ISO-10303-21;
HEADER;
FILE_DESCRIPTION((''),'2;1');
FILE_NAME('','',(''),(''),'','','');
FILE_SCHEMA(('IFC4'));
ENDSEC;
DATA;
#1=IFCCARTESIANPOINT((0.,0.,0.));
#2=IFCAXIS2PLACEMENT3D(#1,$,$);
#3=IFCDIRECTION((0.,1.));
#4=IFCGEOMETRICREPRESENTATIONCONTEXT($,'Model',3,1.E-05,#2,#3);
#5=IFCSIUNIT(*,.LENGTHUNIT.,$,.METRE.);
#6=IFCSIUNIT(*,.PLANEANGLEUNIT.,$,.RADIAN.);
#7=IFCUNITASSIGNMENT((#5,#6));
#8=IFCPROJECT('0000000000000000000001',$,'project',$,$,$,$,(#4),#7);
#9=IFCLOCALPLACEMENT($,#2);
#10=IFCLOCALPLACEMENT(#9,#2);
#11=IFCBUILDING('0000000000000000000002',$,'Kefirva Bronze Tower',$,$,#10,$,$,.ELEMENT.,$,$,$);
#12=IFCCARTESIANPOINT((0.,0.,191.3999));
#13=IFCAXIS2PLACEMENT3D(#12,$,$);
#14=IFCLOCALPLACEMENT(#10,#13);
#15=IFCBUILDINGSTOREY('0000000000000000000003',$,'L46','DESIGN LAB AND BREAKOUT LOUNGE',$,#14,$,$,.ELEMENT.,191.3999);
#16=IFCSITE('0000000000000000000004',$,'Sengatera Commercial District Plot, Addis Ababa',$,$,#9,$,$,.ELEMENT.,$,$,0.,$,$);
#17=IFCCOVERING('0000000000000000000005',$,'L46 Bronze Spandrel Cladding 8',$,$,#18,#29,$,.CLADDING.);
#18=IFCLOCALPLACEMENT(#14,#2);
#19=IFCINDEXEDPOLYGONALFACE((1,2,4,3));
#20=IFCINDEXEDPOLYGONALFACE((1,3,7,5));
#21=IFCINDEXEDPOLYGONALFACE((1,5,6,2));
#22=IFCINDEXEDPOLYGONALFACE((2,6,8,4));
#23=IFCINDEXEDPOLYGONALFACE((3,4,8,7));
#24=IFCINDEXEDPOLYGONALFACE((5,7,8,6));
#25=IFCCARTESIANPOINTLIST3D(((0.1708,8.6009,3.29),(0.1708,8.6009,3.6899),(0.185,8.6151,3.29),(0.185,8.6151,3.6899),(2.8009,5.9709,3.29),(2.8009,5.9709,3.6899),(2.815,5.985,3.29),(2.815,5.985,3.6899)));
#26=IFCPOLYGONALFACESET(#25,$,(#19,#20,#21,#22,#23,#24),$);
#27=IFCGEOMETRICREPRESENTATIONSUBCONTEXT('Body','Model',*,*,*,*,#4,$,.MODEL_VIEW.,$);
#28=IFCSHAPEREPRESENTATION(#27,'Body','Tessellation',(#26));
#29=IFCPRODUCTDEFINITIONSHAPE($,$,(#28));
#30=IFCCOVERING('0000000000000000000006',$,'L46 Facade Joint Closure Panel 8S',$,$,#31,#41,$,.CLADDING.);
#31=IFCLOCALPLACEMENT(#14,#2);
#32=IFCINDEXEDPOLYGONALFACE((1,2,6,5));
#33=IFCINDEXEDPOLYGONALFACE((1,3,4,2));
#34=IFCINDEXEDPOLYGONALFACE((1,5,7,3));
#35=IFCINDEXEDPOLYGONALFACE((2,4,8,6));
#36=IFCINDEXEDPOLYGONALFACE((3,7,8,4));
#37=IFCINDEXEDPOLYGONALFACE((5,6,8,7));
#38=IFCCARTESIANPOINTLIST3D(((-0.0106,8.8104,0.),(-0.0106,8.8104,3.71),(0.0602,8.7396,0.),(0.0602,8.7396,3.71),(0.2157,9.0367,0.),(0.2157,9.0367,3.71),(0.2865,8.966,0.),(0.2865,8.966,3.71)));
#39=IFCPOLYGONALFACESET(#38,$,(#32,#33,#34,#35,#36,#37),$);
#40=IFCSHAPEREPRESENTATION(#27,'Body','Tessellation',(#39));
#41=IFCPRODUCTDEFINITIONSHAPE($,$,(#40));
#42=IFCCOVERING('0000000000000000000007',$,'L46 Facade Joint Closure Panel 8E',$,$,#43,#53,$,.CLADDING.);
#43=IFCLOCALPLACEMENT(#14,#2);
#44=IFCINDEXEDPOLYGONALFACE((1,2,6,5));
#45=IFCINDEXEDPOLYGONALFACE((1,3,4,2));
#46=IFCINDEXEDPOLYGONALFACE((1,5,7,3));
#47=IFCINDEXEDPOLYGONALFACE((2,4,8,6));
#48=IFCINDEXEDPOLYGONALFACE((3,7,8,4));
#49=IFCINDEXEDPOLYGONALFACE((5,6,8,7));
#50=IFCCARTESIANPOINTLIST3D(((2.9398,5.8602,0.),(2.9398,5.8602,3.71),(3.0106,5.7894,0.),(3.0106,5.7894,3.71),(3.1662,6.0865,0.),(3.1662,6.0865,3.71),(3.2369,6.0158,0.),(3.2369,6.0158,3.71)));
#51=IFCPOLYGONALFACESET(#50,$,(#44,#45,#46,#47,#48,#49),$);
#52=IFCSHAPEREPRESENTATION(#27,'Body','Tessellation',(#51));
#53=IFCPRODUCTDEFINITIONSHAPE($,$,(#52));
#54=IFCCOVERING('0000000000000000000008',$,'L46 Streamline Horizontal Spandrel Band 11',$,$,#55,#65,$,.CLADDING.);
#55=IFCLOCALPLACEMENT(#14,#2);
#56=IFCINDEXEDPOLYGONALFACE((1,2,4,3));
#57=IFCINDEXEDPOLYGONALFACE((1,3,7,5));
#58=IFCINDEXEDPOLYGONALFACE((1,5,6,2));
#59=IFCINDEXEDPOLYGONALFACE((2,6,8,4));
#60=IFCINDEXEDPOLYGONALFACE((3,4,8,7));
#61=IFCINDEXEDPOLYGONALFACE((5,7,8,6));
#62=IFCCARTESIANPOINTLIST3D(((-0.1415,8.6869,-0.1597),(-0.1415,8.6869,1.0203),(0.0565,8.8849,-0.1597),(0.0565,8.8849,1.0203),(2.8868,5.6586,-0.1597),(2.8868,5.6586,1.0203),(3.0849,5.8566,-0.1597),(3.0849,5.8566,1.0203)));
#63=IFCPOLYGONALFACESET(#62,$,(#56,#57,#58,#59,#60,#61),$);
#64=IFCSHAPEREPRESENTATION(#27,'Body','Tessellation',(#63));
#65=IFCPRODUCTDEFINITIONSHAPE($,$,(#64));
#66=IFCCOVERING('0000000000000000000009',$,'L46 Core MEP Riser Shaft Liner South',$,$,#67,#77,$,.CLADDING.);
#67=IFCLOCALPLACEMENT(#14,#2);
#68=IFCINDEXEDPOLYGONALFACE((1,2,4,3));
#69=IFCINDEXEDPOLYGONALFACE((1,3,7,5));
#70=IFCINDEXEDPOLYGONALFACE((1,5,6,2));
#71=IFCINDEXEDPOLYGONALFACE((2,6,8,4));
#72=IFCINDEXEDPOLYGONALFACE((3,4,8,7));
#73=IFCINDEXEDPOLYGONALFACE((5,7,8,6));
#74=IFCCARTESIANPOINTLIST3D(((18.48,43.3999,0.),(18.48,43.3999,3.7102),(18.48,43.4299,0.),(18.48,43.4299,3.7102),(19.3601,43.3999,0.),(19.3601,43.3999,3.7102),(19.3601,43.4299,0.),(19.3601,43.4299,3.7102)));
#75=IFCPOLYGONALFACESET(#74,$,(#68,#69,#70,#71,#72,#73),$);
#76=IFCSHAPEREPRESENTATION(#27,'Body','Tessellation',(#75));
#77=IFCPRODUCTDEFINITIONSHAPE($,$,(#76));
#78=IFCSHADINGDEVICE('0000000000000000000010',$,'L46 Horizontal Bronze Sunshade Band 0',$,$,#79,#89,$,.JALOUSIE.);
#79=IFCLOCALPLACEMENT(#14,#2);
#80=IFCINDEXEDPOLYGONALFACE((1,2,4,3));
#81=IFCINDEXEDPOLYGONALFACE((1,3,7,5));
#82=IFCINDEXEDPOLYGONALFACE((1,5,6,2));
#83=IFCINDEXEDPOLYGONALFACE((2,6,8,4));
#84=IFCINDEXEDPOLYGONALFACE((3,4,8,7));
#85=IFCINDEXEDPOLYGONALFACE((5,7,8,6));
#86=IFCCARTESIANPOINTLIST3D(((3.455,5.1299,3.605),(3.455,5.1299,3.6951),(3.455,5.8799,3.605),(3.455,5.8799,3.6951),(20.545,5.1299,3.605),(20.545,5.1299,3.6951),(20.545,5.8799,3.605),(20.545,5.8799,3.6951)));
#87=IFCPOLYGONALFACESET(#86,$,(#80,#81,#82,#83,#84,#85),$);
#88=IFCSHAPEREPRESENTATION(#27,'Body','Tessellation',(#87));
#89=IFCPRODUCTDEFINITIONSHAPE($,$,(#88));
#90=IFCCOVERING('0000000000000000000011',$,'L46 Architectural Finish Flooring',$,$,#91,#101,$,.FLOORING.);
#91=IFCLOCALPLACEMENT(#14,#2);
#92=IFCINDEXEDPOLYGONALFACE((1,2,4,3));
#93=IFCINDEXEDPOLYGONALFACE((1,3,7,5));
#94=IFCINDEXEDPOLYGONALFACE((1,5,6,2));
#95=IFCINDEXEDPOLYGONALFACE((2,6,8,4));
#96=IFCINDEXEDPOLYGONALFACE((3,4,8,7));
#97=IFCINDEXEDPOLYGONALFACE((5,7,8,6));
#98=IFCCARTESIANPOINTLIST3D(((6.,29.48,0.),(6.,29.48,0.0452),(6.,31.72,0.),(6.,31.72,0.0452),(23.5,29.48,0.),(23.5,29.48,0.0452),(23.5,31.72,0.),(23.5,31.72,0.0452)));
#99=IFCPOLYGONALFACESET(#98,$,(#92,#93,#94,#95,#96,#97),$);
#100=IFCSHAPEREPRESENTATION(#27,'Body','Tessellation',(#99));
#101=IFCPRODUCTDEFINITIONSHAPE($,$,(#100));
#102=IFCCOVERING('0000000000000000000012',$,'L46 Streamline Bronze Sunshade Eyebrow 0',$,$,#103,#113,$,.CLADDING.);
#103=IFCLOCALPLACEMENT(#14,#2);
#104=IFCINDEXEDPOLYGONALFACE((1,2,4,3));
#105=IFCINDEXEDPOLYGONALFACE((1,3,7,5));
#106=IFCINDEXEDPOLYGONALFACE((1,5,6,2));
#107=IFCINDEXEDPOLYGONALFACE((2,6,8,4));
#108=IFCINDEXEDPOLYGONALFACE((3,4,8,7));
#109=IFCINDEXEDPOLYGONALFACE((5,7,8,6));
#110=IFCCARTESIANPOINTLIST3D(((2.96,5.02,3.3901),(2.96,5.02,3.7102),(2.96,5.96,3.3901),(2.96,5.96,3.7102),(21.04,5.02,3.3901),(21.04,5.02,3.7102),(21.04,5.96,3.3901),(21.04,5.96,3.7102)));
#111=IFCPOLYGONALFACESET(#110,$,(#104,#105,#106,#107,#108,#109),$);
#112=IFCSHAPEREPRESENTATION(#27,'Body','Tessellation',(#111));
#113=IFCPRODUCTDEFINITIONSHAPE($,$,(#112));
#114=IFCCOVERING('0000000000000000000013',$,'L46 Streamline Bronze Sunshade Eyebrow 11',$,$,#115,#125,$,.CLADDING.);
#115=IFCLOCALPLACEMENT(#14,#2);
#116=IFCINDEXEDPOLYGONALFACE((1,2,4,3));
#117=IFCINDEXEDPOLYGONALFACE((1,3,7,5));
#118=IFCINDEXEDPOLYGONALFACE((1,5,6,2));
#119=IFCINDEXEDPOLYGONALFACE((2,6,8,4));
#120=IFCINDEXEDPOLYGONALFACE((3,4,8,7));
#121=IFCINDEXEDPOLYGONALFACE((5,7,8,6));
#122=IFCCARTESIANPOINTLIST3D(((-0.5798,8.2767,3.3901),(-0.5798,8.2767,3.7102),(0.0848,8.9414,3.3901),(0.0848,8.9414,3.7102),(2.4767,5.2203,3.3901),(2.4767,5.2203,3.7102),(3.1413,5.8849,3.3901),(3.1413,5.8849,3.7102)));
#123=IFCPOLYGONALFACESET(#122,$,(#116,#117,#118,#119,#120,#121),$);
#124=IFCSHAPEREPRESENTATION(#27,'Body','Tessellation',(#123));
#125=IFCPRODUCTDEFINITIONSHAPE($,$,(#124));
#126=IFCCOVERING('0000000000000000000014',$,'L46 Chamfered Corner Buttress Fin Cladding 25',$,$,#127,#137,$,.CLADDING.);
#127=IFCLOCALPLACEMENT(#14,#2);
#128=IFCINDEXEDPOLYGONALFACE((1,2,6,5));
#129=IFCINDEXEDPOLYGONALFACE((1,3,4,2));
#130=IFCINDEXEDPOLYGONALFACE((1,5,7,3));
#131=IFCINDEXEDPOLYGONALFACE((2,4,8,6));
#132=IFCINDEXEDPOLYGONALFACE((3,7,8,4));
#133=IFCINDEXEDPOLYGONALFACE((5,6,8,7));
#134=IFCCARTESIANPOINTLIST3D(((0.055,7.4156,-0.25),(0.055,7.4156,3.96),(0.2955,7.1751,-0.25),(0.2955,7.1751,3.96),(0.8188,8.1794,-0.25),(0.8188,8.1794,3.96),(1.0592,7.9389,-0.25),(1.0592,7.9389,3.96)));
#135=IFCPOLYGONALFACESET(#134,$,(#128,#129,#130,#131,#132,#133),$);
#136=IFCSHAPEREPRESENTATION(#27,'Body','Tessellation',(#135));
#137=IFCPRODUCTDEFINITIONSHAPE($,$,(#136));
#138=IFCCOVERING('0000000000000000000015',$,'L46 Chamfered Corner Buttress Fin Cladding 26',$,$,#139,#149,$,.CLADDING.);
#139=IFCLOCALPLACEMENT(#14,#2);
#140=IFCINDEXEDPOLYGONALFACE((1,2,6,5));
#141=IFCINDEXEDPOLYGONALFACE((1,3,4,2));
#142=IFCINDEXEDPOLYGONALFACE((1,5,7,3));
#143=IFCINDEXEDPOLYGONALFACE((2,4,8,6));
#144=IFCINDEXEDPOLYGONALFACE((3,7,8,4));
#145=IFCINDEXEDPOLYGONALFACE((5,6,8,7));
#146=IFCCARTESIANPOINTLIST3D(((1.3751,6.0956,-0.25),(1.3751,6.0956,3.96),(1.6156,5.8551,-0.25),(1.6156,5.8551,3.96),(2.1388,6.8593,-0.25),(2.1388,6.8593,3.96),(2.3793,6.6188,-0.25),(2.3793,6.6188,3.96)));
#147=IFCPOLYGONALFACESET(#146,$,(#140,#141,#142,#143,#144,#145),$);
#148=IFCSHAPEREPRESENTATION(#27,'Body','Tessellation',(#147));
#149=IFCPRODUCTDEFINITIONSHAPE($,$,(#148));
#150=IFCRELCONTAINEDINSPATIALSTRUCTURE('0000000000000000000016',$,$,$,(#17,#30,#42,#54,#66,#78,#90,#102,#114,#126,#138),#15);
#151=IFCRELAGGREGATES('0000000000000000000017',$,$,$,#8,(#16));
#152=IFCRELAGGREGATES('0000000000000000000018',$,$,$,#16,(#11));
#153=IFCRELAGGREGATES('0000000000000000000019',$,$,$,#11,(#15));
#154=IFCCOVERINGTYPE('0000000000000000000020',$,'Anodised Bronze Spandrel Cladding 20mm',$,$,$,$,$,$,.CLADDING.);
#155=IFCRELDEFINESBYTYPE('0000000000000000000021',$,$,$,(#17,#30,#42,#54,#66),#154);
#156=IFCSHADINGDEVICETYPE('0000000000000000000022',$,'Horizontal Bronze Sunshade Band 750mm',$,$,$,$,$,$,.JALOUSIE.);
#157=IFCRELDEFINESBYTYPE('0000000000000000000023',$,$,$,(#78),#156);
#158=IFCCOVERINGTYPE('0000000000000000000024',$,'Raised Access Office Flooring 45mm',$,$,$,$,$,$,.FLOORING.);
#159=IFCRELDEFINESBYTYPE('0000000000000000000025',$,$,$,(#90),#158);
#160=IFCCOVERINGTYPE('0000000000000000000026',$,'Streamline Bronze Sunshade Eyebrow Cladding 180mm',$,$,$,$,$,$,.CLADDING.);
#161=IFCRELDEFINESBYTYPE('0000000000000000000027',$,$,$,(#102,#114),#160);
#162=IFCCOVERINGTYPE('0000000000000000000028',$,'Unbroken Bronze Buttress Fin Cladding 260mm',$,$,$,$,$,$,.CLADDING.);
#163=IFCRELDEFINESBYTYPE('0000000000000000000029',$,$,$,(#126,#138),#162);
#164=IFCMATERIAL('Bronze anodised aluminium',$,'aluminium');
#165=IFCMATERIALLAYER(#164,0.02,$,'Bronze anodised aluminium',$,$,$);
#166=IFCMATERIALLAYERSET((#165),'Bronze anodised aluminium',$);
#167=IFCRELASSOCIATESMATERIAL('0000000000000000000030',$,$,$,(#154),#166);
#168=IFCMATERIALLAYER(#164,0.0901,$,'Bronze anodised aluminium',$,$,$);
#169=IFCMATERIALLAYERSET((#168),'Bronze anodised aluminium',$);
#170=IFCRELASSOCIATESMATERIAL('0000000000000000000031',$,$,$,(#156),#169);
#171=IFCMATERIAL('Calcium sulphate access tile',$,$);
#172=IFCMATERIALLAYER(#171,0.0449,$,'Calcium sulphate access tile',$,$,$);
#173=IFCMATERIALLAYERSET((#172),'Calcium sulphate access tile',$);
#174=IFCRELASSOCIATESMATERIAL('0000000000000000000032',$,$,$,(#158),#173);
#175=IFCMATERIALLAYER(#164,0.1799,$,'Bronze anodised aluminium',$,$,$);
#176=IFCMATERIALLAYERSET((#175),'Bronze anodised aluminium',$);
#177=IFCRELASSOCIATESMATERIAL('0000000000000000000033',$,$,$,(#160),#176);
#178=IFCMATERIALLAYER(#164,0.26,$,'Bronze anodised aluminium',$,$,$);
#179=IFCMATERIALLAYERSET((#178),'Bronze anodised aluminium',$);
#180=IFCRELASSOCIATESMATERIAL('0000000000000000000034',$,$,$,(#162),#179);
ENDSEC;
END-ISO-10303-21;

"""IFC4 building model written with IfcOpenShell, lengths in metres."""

from ifc_helpers import new_model, si_unit, direction, frame, origin, origin_2d, place, context, subcontext, project, spatial, polyline, rectangle, outline, extrude, material, layer, layer_set, type_object, element, save


model = new_model("IFC4")

# Units and contexts
model_context = context("Model", 3, precision=1e-05, world=origin(), true_north=direction((0.0, 1.0)))
body_context = subcontext(model_context, "Body", "Model", "MODEL_VIEW")
ifc_project = project(units=[si_unit("LENGTHUNIT", "METRE"), si_unit("PLANEANGLEUNIT", "RADIAN")], contexts=[model_context])

# Site, building, storey
site_placement = place(None, origin())
site = spatial("IfcSite", under=ifc_project, at=site_placement, Name="Sengatera Commercial District Plot, Addis Ababa", CompositionType="ELEMENT", RefElevation=0.0)
building_placement = place(site_placement, origin())
building = spatial("IfcBuilding", under=site, at=building_placement, Name="Kefirva Bronze Tower", CompositionType="ELEMENT")
storey_placement = place(building_placement, frame((0.0, 0.0, 191.3999)))
storey = spatial("IfcBuildingStorey", under=building, at=storey_placement, Name="L46", Description="DESIGN LAB AND BREAKOUT LOUNGE", CompositionType="ELEMENT", Elevation=191.3999)

# Shared definitions
ifc_material_1 = material(Name="Bronze anodised aluminium", Category="aluminium")

# Coverings
ifc_layer_1 = layer(ifc_material_1, 0.02, Name="Bronze anodised aluminium")
ifc_layer_set_1 = layer_set([ifc_layer_1], Name="Bronze anodised aluminium")
covering_type_1 = type_object("IfcCoveringType", Name="Anodised Bronze Spandrel Cladding 20mm", PredefinedType="CLADDING", material=ifc_layer_set_1)
covering_1_placement = place(storey_placement, frame((1.4929, 7.293, 3.29), z_axis=(0.0, 0.0, 1.0), x_axis=(0.707107, -0.707107, 0.0)))
element("IfcCovering", 1, at=covering_1_placement, inside=storey, type_object=covering_type_1, Name="L46 Bronze Spandrel Cladding 8", PredefinedType="CLADDING", context=body_context, shape_type="SweptSolid", body=[
    extrude(rectangle(XDim=3.7195, YDim=0.02, at=origin_2d()), origin(), (0.0, 0.0, 1.0), 0.3999),
])
for number, where, z_axis, x_axis, name in (
    (2, (0.1379, 8.8882, 0.0), (0.0, 0.0, 1.0), (0.707107, -0.707107, 0.0), "L46 Facade Joint Closure Panel 8S"),
    (3, (3.0884, 5.938, 0.0), (0.0, 0.0, 1.0), (0.707107, -0.707107, 0.0), "L46 Facade Joint Closure Panel 8E"),
):
    element("IfcCovering", number, at=place(storey_placement, frame(where, z_axis=z_axis, x_axis=x_axis)), inside=storey, type_object=covering_type_1, Name=name, PredefinedType="CLADDING", context=body_context, shape_type="SweptSolid", body=[
        extrude(rectangle(XDim=0.1001, YDim=0.3201, at=origin_2d()), origin(), (0.0, 0.0, 1.0), 3.71),
    ])
covering_2_placement = place(storey_placement, frame((1.4717, 7.2717, -0.1597), z_axis=(0.0, 0.0, 1.0), x_axis=(0.707107, -0.707107, 0.0)))
element("IfcCovering", 4, at=covering_2_placement, inside=storey, type_object=covering_type_1, Name="L46 Streamline Horizontal Spandrel Band 11", PredefinedType="CLADDING", context=body_context, shape_type="SweptSolid", body=[
    extrude(rectangle(XDim=4.2827, YDim=0.28, at=origin_2d()), origin(), (0.0, 0.0, 1.0), 1.1799),
])
covering_3_placement = place(storey_placement, origin())
element("IfcCovering", 5, at=covering_3_placement, inside=storey, type_object=covering_type_1, Name="L46 Core MEP Riser Shaft Liner South", PredefinedType="CLADDING", context=body_context, shape_type="SweptSolid", body=[
    extrude(outline(polyline([(18.48, 43.3999), (19.3601, 43.3999), (19.3601, 43.4299), (18.48, 43.4299), (18.48, 43.3999)])), origin(), (0.0, 0.0, 1.0), 3.7102),
])

# Shading device
ifc_layer_2 = layer(ifc_material_1, 0.0901, Name="Bronze anodised aluminium")
ifc_layer_set_2 = layer_set([ifc_layer_2], Name="Bronze anodised aluminium")
shading_device_type = type_object("IfcShadingDeviceType", Name="Horizontal Bronze Sunshade Band 750mm", PredefinedType="JALOUSIE", material=ifc_layer_set_2)
shading_device_placement = place(storey_placement, frame((12.0, 5.5049, 3.605), z_axis=(0.0, 0.0, 1.0), x_axis=(1.0, 0.0, 0.0)))
element("IfcShadingDevice", 6, at=shading_device_placement, inside=storey, type_object=shading_device_type, Name="L46 Horizontal Bronze Sunshade Band 0", PredefinedType="JALOUSIE", context=body_context, shape_type="SweptSolid", body=[
    extrude(rectangle(XDim=17.0901, YDim=0.75, at=origin_2d()), origin(), (0.0, 0.0, 1.0), 0.0901),
])

# Coverings
ifc_material_2 = material(Name="Calcium sulphate access tile")
ifc_layer_3 = layer(ifc_material_2, 0.0449, Name="Calcium sulphate access tile")
ifc_layer_set_3 = layer_set([ifc_layer_3], Name="Calcium sulphate access tile")
covering_type_2 = type_object("IfcCoveringType", Name="Raised Access Office Flooring 45mm", PredefinedType="FLOORING", material=ifc_layer_set_3)
covering_4_placement = place(storey_placement, origin())
element("IfcCovering", 7, at=covering_4_placement, inside=storey, type_object=covering_type_2, Name="L46 Architectural Finish Flooring", PredefinedType="FLOORING", context=body_context, shape_type="SweptSolid", body=[
    extrude(outline(polyline([(6.0, 29.48), (23.5, 29.48), (23.5, 31.72), (6.0, 31.72), (6.0, 29.48)])), origin(), (0.0, 0.0, 1.0), 0.0452),
])
ifc_layer_4 = layer(ifc_material_1, 0.1799, Name="Bronze anodised aluminium")
ifc_layer_set_4 = layer_set([ifc_layer_4], Name="Bronze anodised aluminium")
covering_type_3 = type_object("IfcCoveringType", Name="Streamline Bronze Sunshade Eyebrow Cladding 180mm", PredefinedType="CLADDING", material=ifc_layer_set_4)
covering_5_placement = place(storey_placement, frame((12.0, 5.49, 3.3901), z_axis=(0.0, 0.0, 1.0), x_axis=(1.0, 0.0, 0.0)))
element("IfcCovering", 8, at=covering_5_placement, inside=storey, type_object=covering_type_3, Name="L46 Streamline Bronze Sunshade Eyebrow 0", PredefinedType="CLADDING", context=body_context, shape_type="SweptSolid", body=[
    extrude(rectangle(XDim=18.0801, YDim=0.9399, at=origin_2d()), origin(), (0.0, 0.0, 1.0), 0.3201),
])
covering_6_placement = place(storey_placement, frame((1.2808, 7.0808, 3.3901), z_axis=(0.0, 0.0, 1.0), x_axis=(0.707107, -0.707107, 0.0)))
element("IfcCovering", 9, at=covering_6_placement, inside=storey, type_object=covering_type_3, Name="L46 Streamline Bronze Sunshade Eyebrow 11", PredefinedType="CLADDING", context=body_context, shape_type="SweptSolid", body=[
    extrude(rectangle(XDim=4.3225, YDim=0.9399, at=origin_2d()), origin(), (0.0, 0.0, 1.0), 0.3201),
])
ifc_layer_5 = layer(ifc_material_1, 0.26, Name="Bronze anodised aluminium")
ifc_layer_set_5 = layer_set([ifc_layer_5], Name="Bronze anodised aluminium")
covering_type_4 = type_object("IfcCoveringType", Name="Unbroken Bronze Buttress Fin Cladding 260mm", PredefinedType="CLADDING", material=ifc_layer_set_5)
for number, where, z_axis, x_axis, name in (
    (10, (0.5571, 7.6772, -0.25), (0.0, 0.0, 1.0), (0.707107, -0.707107, 0.0), "L46 Chamfered Corner Buttress Fin Cladding 25"),
    (11, (1.8772, 6.3572, -0.25), (0.0, 0.0, 1.0), (0.707107, -0.707107, 0.0), "L46 Chamfered Corner Buttress Fin Cladding 26"),
):
    element("IfcCovering", number, at=place(storey_placement, frame(where, z_axis=z_axis, x_axis=x_axis)), inside=storey, type_object=covering_type_4, Name=name, PredefinedType="CLADDING", context=body_context, shape_type="SweptSolid", body=[
        extrude(rectangle(XDim=0.3401, YDim=1.0801, at=origin_2d()), origin(), (0.0, 0.0, 1.0), 4.21),
    ])

save(model, "model.ifc")
